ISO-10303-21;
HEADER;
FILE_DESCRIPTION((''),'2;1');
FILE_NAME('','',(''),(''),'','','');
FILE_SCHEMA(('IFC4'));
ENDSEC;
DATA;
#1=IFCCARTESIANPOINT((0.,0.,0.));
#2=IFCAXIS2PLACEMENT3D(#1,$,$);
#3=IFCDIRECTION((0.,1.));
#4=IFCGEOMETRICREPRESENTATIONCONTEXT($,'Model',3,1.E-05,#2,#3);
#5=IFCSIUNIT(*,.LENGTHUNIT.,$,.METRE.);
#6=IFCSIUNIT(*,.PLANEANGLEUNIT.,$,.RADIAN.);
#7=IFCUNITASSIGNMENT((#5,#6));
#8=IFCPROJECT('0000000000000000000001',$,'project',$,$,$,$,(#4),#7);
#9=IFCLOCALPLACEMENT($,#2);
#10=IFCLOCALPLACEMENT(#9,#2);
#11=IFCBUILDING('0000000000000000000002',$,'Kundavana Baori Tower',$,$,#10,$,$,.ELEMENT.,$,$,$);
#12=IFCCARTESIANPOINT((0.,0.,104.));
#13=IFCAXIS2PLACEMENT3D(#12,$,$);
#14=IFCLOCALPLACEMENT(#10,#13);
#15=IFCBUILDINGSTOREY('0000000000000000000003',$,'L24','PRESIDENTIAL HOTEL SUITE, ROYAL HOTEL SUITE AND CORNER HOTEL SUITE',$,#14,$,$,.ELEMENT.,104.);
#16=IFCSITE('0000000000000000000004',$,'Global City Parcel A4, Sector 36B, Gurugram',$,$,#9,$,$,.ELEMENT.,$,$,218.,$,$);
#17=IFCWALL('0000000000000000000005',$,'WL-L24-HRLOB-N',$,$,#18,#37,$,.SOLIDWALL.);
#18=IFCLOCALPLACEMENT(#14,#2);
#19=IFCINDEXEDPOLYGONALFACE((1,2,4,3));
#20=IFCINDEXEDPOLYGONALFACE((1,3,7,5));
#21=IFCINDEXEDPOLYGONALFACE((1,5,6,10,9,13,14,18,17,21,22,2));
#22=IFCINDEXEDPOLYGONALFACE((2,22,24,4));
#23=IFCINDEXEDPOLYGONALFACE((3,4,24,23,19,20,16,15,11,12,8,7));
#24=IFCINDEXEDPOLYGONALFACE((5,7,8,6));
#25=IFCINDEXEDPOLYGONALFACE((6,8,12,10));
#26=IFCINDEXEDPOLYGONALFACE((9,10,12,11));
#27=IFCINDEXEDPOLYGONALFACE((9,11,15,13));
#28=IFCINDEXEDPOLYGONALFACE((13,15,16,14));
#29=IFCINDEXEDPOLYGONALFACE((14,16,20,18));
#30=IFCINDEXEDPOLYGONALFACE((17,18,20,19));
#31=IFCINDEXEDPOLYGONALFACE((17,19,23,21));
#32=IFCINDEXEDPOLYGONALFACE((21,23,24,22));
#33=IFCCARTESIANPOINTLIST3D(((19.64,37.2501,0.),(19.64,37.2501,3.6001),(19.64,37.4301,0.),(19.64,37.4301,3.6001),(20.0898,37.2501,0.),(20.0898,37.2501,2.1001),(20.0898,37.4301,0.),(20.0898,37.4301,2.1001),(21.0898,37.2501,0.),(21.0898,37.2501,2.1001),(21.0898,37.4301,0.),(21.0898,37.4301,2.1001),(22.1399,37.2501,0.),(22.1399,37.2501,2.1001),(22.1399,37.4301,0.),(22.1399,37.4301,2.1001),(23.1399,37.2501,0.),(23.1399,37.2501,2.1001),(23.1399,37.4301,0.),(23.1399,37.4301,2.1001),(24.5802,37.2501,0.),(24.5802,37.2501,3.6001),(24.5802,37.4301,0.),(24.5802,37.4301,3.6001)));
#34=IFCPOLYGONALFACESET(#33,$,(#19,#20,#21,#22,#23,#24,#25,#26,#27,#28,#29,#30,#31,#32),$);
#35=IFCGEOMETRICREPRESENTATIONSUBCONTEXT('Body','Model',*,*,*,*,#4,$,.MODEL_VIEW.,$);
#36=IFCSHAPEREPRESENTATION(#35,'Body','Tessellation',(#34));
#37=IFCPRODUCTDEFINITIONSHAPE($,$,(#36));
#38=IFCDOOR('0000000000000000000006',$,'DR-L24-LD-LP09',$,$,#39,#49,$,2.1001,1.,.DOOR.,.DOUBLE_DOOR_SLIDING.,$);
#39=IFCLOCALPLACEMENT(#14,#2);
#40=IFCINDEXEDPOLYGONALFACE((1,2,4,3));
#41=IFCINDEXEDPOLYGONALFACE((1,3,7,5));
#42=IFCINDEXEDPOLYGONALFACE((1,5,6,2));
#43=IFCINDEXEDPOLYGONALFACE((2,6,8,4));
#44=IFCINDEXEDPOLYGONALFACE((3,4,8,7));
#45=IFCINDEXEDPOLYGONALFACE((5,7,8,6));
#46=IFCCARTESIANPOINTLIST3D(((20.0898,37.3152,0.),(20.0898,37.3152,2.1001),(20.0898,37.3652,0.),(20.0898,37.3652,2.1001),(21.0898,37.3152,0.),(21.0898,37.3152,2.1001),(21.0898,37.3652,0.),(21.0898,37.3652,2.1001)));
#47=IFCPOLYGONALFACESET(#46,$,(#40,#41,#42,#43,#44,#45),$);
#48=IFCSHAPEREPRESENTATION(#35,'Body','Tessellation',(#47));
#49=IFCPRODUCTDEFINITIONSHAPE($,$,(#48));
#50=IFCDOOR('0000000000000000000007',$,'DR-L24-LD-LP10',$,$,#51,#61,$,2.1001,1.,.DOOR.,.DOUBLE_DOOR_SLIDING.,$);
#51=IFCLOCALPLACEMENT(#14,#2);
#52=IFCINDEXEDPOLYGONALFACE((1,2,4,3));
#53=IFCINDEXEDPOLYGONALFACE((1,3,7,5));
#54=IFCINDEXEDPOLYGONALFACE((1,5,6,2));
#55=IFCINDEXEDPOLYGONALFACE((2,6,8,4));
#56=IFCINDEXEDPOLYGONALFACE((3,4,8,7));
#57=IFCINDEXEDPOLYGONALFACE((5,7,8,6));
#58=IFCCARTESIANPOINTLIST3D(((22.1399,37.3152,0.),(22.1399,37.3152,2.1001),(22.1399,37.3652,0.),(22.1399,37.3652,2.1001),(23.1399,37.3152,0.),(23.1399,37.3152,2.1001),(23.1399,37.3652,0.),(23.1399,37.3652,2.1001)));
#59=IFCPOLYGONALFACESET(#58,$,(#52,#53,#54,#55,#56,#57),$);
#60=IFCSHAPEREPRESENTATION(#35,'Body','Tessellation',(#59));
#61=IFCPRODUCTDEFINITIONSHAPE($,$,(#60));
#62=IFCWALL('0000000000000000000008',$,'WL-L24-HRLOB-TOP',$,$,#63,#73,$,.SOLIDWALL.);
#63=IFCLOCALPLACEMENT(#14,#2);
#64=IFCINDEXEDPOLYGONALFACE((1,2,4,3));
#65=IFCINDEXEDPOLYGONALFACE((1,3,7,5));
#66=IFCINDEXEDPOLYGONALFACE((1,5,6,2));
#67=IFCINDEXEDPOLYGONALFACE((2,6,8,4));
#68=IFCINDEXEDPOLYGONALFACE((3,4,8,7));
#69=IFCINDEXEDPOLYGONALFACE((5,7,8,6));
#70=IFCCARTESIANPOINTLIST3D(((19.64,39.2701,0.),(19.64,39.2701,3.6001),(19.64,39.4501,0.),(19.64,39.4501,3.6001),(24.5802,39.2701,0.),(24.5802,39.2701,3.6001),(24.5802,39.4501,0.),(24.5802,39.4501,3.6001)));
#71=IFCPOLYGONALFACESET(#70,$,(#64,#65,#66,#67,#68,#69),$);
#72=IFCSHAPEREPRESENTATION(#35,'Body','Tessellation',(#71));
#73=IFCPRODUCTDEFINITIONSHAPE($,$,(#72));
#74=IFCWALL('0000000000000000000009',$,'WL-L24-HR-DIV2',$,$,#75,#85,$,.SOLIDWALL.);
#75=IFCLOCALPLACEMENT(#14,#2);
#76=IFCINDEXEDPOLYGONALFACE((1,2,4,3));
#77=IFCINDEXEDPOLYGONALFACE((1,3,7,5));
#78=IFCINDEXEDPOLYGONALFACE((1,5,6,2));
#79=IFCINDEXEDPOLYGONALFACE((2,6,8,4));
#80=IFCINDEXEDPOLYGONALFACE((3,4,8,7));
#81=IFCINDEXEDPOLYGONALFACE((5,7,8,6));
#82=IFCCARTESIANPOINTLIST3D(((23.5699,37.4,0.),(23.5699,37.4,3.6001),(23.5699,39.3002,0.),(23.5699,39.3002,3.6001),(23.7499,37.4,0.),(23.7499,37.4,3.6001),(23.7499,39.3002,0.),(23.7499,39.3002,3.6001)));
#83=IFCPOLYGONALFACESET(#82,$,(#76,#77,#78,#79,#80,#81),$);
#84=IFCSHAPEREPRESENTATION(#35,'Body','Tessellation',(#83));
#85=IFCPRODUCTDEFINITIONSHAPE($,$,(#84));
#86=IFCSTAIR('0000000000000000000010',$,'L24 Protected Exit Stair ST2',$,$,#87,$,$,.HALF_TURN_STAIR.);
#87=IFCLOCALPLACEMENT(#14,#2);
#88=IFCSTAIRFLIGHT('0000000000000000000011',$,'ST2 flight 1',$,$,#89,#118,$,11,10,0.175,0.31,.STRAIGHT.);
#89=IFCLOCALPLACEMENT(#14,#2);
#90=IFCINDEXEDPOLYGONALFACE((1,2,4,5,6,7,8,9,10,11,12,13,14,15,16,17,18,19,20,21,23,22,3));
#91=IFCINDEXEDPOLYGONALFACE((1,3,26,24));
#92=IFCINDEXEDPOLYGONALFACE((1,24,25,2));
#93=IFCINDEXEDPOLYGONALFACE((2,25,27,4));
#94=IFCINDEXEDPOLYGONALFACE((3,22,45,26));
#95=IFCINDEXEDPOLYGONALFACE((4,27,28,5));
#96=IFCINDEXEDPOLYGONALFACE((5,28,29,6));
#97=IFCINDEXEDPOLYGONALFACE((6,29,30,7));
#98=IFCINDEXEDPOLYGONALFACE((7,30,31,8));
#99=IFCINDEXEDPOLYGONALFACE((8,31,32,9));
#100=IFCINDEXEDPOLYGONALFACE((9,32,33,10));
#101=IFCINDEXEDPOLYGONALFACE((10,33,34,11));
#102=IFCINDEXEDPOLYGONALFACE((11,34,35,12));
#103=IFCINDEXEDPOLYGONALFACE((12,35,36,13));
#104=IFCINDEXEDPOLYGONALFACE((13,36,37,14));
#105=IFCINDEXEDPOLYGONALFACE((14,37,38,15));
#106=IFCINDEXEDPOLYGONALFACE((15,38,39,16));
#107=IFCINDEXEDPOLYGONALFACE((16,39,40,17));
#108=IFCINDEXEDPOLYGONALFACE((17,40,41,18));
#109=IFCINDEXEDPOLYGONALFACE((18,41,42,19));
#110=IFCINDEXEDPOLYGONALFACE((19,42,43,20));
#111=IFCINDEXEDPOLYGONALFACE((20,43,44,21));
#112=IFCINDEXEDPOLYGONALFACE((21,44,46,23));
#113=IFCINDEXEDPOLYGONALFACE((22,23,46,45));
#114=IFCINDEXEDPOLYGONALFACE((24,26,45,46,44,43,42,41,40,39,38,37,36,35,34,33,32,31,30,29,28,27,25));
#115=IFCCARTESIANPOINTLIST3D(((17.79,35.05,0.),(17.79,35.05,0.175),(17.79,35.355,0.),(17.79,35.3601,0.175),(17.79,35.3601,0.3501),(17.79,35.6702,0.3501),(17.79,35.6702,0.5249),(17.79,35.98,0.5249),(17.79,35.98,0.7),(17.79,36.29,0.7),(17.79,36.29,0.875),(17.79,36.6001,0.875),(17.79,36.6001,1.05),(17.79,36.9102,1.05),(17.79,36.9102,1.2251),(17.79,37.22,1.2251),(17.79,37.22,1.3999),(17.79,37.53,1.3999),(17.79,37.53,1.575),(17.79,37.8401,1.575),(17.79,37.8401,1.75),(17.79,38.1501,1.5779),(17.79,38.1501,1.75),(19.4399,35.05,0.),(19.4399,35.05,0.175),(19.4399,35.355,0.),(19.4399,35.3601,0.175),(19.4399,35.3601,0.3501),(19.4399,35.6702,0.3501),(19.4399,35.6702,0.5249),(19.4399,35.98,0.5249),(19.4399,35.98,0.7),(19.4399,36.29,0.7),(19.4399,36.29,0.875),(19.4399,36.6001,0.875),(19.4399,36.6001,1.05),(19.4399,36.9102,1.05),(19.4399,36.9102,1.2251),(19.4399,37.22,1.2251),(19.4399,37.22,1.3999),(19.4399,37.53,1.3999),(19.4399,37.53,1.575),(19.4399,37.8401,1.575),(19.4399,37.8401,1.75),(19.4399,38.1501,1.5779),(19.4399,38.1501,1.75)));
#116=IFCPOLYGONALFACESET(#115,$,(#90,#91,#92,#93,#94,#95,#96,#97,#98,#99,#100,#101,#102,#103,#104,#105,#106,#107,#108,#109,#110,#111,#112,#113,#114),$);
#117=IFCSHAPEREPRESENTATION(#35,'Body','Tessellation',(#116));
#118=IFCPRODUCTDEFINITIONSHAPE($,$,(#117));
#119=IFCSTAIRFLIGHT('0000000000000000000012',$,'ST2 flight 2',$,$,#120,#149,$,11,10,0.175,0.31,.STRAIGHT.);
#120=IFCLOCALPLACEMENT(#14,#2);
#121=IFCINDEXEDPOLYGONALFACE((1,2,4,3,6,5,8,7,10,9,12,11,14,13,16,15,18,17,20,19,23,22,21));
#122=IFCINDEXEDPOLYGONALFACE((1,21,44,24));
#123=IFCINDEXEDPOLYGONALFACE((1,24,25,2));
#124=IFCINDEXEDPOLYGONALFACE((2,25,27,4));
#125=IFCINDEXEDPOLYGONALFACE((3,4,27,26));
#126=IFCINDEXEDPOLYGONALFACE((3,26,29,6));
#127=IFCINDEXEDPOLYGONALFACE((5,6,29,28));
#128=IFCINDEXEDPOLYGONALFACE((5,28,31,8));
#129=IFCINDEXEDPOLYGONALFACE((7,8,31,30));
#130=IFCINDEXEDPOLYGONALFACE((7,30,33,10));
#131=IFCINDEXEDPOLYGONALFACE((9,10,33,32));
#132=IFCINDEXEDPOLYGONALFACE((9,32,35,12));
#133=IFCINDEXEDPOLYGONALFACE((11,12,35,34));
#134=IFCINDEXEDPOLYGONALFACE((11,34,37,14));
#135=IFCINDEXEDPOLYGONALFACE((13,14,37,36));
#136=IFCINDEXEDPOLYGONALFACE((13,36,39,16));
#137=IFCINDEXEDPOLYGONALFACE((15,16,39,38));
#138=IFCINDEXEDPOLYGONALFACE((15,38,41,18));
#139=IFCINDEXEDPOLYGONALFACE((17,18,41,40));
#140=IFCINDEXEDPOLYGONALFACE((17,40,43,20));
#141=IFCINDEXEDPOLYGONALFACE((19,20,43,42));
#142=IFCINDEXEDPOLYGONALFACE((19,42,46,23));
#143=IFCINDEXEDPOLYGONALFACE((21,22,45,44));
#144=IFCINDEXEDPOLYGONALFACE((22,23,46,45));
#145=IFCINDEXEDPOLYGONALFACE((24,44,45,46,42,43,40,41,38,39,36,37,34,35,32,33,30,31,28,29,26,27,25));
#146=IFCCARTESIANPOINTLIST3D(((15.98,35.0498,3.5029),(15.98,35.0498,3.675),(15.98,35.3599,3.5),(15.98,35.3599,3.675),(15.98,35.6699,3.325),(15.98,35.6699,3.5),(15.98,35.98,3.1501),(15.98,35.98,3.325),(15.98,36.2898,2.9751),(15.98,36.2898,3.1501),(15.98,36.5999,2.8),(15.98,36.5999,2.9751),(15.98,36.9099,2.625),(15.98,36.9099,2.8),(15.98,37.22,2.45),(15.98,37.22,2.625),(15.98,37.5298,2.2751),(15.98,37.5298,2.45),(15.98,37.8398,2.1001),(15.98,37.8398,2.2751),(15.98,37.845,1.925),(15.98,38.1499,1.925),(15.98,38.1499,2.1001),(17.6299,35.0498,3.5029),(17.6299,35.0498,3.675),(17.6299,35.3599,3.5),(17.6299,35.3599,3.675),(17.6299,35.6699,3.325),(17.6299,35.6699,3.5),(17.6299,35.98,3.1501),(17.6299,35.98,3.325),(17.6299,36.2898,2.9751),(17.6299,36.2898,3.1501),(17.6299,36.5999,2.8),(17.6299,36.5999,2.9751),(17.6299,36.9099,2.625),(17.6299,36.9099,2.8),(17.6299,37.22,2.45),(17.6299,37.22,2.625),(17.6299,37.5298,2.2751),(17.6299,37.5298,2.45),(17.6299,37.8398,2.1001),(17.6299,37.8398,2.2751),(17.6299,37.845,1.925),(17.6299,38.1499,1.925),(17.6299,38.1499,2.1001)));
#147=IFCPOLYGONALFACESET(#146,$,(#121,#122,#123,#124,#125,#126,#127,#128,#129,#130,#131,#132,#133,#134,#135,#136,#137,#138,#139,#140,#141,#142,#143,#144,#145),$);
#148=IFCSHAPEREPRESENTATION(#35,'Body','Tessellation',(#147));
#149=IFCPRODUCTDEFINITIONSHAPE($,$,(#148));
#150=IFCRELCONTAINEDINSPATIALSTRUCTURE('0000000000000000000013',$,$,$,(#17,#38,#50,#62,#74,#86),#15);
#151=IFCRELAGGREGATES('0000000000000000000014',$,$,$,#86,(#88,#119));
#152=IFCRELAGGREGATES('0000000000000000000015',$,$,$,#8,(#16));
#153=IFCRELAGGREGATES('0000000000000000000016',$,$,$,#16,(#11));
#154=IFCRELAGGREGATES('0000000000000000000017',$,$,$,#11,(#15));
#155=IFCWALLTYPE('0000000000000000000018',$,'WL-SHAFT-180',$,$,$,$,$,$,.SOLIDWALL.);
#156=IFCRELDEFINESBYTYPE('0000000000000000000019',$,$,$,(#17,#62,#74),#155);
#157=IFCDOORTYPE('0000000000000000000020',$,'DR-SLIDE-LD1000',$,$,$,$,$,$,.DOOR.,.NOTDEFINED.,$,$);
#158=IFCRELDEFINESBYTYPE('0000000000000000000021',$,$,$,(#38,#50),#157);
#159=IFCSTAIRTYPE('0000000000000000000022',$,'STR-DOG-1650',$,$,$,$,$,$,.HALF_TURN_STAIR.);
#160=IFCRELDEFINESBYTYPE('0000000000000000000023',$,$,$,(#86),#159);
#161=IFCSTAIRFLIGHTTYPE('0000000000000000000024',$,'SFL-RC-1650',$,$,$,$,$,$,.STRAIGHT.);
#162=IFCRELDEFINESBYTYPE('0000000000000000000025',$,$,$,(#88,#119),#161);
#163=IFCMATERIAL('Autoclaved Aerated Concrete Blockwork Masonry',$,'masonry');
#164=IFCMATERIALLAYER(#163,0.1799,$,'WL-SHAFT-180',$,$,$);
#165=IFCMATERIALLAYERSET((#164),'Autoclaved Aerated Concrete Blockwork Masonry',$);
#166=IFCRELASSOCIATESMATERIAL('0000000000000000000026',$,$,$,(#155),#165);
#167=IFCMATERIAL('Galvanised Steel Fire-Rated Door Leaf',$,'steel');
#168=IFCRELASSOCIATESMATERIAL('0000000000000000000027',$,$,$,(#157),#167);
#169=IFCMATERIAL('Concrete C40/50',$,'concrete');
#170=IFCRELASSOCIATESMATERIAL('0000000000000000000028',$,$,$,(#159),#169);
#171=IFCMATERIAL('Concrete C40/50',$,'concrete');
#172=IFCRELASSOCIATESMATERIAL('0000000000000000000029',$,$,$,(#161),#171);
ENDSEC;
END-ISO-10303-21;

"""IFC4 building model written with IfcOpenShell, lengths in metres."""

from ifc_helpers import new_model, si_unit, direction, frame, frame_2d, origin, place, context, subcontext, project, spatial, polyline, rectangle, outline, extrude, material, layer, layer_set, type_object, element, fill, aggregate, save


model = new_model("IFC4")

# Units and contexts
model_context = context("Model", 3, precision=1e-05, world=origin(), true_north=direction((0.0, 1.0)))
body_context = subcontext(model_context, "Body", "Model", "MODEL_VIEW")
ifc_project = project(units=[si_unit("LENGTHUNIT", "METRE"), si_unit("PLANEANGLEUNIT", "RADIAN")], contexts=[model_context])

# Site, building, storey
site_placement = place(None, origin())
site = spatial("IfcSite", under=ifc_project, at=site_placement, Name="Global City Parcel A4, Sector 36B, Gurugram", CompositionType="ELEMENT", RefElevation=218.0)
building_placement = place(site_placement, origin())
building = spatial("IfcBuilding", under=site, at=building_placement, Name="Kundavana Baori Tower", CompositionType="ELEMENT")
storey_placement = place(building_placement, frame((0.0, 0.0, 104.0)))
storey = spatial("IfcBuildingStorey", under=building, at=storey_placement, Name="L24", Description="PRESIDENTIAL HOTEL SUITE, ROYAL HOTEL SUITE AND CORNER HOTEL SUITE", CompositionType="ELEMENT", Elevation=104.0)

# Shared definitions
ifc_material_1 = material(Name="Autoclaved Aerated Concrete Blockwork Masonry", Category="masonry")
ifc_layer_1 = layer(ifc_material_1, 0.1799, Name="WL-SHAFT-180")
ifc_layer_set_1 = layer_set([ifc_layer_1], Name="Autoclaved Aerated Concrete Blockwork Masonry")
wall_type_1 = type_object("IfcWallType", Name="WL-SHAFT-180", PredefinedType="SOLIDWALL", material=ifc_layer_set_1)
ifc_material_2 = material(Name="Galvanised Steel Fire-Rated Door Leaf", Category="steel")
door_type_1 = type_object("IfcDoorType", Name="DR-SLIDE-LD1000", OperationType="NOTDEFINED", PredefinedType="DOOR", material=ifc_material_2)

# Wall, openings, doors
wall_1_placement = place(storey_placement, frame((19.6399, 37.3401, 0.0), z_axis=(0.0, 0.0, 1.0), x_axis=(1.0, 0.0, 0.0)))
wall_1 = element("IfcWall", 1, at=wall_1_placement, inside=storey, type_object=wall_type_1, Name="WL-L24-HRLOB-N", PredefinedType="SOLIDWALL", context=body_context, shape_type="SweptSolid", body=[
    extrude(rectangle(XDim=4.9402, YDim=0.1799, at=frame_2d((2.4702, 0.0))), origin(), (0.0, 0.0, 1.0), 3.6001),
])
opening_1_placement = place(wall_1_placement, frame((0.45, 0.0, 0.0)))
opening_1 = element("IfcOpeningElement", 2, at=opening_1_placement, cuts=wall_1, PredefinedType="OPENING", context=body_context, shape_type="SweptSolid", body=[
    extrude(rectangle(XDim=1.0, YDim=2.1001, at=frame_2d((0.5, 1.05))), frame((0.0, 0.1001, 0.0), z_axis=(0.0, -1.0, 0.0), x_axis=(1.0, 0.0, 0.0)), (0.0, 0.0, 1.0), 0.2),
])
opening_2_placement = place(wall_1_placement, frame((2.5, 0.0, 0.0)))
opening_2 = element("IfcOpeningElement", 3, at=opening_2_placement, cuts=wall_1, PredefinedType="OPENING", context=body_context, shape_type="SweptSolid", body=[
    extrude(rectangle(XDim=1.0, YDim=2.1001, at=frame_2d((0.5, 1.05))), frame((0.0, 0.1001, 0.0), z_axis=(0.0, -1.0, 0.0), x_axis=(1.0, 0.0, 0.0)), (0.0, 0.0, 1.0), 0.2),
])
door_1_placement = place(opening_1_placement, frame((1.0, 0.0, 0.0), z_axis=(0.0, 0.0, 1.0), x_axis=(-1.0, 0.0, 0.0)))
door_1 = element("IfcDoor", 4, at=door_1_placement, inside=storey, type_object=door_type_1, Name="DR-L24-LD-LP09", OperationType="DOUBLE_DOOR_SLIDING", OverallHeight=2.1001, OverallWidth=1.0, PredefinedType="DOOR", context=body_context, shape_type="SweptSolid", body=[
    extrude(rectangle(XDim=1.0, YDim=2.1001, at=frame_2d((0.5, 1.05))), frame((0.0, 0.0249, 0.0), z_axis=(0.0, -1.0, 0.0), x_axis=(1.0, 0.0, 0.0)), (0.0, 0.0, 1.0), 0.05),
])
fill(opening_1, door_1)
door_2_placement = place(opening_2_placement, frame((1.0, 0.0, 0.0), z_axis=(0.0, 0.0, 1.0), x_axis=(-1.0, 0.0, 0.0)))
door_2 = element("IfcDoor", 5, at=door_2_placement, inside=storey, type_object=door_type_1, Name="DR-L24-LD-LP10", OperationType="DOUBLE_DOOR_SLIDING", OverallHeight=2.1001, OverallWidth=1.0, PredefinedType="DOOR", context=body_context, shape_type="SweptSolid", body=[
    extrude(rectangle(XDim=1.0, YDim=2.1001, at=frame_2d((0.5, 1.05))), frame((0.0, 0.0249, 0.0), z_axis=(0.0, -1.0, 0.0), x_axis=(1.0, 0.0, 0.0)), (0.0, 0.0, 1.0), 0.05),
])
fill(opening_2, door_2)

# Walls
wall_2_placement = place(storey_placement, frame((19.6399, 39.3601, 0.0), z_axis=(0.0, 0.0, 1.0), x_axis=(1.0, 0.0, 0.0)))
element("IfcWall", 6, at=wall_2_placement, inside=storey, type_object=wall_type_1, Name="WL-L24-HRLOB-TOP", PredefinedType="SOLIDWALL", context=body_context, shape_type="SweptSolid", body=[
    extrude(rectangle(XDim=4.9402, YDim=0.1799, at=frame_2d((2.4702, 0.0))), origin(), (0.0, 0.0, 1.0), 3.6001),
])
wall_3_placement = place(storey_placement, frame((23.6599, 37.3999, 0.0), z_axis=(0.0, 0.0, 1.0), x_axis=(0.0, 1.0, 0.0)))
element("IfcWall", 7, at=wall_3_placement, inside=storey, type_object=wall_type_1, Name="WL-L24-HR-DIV2", PredefinedType="SOLIDWALL", context=body_context, shape_type="SweptSolid", body=[
    extrude(rectangle(XDim=1.9001, YDim=0.1799, at=frame_2d((0.9502, 0.0))), origin(), (0.0, 0.0, 1.0), 3.6001),
])

# Stair, stair flights
ifc_material_3 = material(Name="Concrete C40/50", Category="concrete")
stair_type = type_object("IfcStairType", Name="STR-DOG-1650", PredefinedType="HALF_TURN_STAIR", material=ifc_material_3)
stair_placement = place(storey_placement, origin())
stair = element("IfcStair", 8, at=stair_placement, inside=storey, type_object=stair_type, Name="L24 Protected Exit Stair ST2", PredefinedType="HALF_TURN_STAIR")
ifc_material_4 = material(Name="Concrete C40/50", Category="concrete")
stair_flight_type = type_object("IfcStairFlightType", Name="SFL-RC-1650", PredefinedType="STRAIGHT", material=ifc_material_4)
stair_flight_1_placement = place(storey_placement, frame((18.615, 35.05, 0.0), z_axis=(0.0, 0.0, 1.0), x_axis=(0.0, 1.0, 0.0)))
stair_flight_1 = element("IfcStairFlight", 9, at=stair_flight_1_placement, type_object=stair_flight_type, Name="ST2 flight 1", NumberOfRisers=11, NumberOfTreads=10, PredefinedType="STRAIGHT", RiserHeight=0.175, TreadLength=0.31, context=body_context, shape_type="SweptSolid", body=[
    extrude(outline(polyline([(0.0, 0.0), (0.0, 0.175), (0.3101, 0.175), (0.3101, 0.3501), (0.6201, 0.3501), (0.6201, 0.5249), (0.9299, 0.5249), (0.9299, 0.7), (1.24, 0.7), (1.24, 0.875), (1.55, 0.875), (1.55, 1.05), (1.8601, 1.05), (1.8601, 1.2251), (2.1699, 1.2251), (2.1699, 1.3999), (2.48, 1.3999), (2.48, 1.575), (2.79, 1.575), (2.79, 1.75), (3.1001, 1.75), (3.1001, 1.925), (3.1001, 1.5779), (0.3049, 0.0), (0.0, 0.0)])), frame((0.0, 0.825, 0.0), z_axis=(0.0, -1.0, 0.0), x_axis=(1.0, 0.0, 0.0)), (0.0, 0.0, 1.0), 1.6499),
])
stair_flight_2_placement = place(storey_placement, frame((16.8049, 38.1499, 1.925), z_axis=(0.0, 0.0, 1.0), x_axis=(0.0, -1.0, 0.0)))
stair_flight_2 = element("IfcStairFlight", 10, at=stair_flight_2_placement, type_object=stair_flight_type, Name="ST2 flight 2", NumberOfRisers=11, NumberOfTreads=10, PredefinedType="STRAIGHT", RiserHeight=0.175, TreadLength=0.31, context=body_context, shape_type="SweptSolid", body=[
    extrude(outline(polyline([(0.0, 0.0), (0.0, 0.175), (0.3101, 0.175), (0.3101, 0.3501), (0.6201, 0.3501), (0.6201, 0.5249), (0.9299, 0.5249), (0.9299, 0.7), (1.24, 0.7), (1.24, 0.875), (1.55, 0.875), (1.55, 1.05), (1.8601, 1.05), (1.8601, 1.2251), (2.1699, 1.2251), (2.1699, 1.3999), (2.48, 1.3999), (2.48, 1.575), (2.79, 1.575), (2.79, 1.75), (3.1001, 1.75), (3.1001, 1.925), (3.1001, 1.5779), (0.3049, 0.0), (0.0, 0.0)])), frame((0.0, 0.825, 0.0), z_axis=(0.0, -1.0, 0.0), x_axis=(1.0, 0.0, 0.0)), (0.0, 0.0, 1.0), 1.6499),
])
aggregate(stair, [stair_flight_1, stair_flight_2])

save(model, "model.ifc")
